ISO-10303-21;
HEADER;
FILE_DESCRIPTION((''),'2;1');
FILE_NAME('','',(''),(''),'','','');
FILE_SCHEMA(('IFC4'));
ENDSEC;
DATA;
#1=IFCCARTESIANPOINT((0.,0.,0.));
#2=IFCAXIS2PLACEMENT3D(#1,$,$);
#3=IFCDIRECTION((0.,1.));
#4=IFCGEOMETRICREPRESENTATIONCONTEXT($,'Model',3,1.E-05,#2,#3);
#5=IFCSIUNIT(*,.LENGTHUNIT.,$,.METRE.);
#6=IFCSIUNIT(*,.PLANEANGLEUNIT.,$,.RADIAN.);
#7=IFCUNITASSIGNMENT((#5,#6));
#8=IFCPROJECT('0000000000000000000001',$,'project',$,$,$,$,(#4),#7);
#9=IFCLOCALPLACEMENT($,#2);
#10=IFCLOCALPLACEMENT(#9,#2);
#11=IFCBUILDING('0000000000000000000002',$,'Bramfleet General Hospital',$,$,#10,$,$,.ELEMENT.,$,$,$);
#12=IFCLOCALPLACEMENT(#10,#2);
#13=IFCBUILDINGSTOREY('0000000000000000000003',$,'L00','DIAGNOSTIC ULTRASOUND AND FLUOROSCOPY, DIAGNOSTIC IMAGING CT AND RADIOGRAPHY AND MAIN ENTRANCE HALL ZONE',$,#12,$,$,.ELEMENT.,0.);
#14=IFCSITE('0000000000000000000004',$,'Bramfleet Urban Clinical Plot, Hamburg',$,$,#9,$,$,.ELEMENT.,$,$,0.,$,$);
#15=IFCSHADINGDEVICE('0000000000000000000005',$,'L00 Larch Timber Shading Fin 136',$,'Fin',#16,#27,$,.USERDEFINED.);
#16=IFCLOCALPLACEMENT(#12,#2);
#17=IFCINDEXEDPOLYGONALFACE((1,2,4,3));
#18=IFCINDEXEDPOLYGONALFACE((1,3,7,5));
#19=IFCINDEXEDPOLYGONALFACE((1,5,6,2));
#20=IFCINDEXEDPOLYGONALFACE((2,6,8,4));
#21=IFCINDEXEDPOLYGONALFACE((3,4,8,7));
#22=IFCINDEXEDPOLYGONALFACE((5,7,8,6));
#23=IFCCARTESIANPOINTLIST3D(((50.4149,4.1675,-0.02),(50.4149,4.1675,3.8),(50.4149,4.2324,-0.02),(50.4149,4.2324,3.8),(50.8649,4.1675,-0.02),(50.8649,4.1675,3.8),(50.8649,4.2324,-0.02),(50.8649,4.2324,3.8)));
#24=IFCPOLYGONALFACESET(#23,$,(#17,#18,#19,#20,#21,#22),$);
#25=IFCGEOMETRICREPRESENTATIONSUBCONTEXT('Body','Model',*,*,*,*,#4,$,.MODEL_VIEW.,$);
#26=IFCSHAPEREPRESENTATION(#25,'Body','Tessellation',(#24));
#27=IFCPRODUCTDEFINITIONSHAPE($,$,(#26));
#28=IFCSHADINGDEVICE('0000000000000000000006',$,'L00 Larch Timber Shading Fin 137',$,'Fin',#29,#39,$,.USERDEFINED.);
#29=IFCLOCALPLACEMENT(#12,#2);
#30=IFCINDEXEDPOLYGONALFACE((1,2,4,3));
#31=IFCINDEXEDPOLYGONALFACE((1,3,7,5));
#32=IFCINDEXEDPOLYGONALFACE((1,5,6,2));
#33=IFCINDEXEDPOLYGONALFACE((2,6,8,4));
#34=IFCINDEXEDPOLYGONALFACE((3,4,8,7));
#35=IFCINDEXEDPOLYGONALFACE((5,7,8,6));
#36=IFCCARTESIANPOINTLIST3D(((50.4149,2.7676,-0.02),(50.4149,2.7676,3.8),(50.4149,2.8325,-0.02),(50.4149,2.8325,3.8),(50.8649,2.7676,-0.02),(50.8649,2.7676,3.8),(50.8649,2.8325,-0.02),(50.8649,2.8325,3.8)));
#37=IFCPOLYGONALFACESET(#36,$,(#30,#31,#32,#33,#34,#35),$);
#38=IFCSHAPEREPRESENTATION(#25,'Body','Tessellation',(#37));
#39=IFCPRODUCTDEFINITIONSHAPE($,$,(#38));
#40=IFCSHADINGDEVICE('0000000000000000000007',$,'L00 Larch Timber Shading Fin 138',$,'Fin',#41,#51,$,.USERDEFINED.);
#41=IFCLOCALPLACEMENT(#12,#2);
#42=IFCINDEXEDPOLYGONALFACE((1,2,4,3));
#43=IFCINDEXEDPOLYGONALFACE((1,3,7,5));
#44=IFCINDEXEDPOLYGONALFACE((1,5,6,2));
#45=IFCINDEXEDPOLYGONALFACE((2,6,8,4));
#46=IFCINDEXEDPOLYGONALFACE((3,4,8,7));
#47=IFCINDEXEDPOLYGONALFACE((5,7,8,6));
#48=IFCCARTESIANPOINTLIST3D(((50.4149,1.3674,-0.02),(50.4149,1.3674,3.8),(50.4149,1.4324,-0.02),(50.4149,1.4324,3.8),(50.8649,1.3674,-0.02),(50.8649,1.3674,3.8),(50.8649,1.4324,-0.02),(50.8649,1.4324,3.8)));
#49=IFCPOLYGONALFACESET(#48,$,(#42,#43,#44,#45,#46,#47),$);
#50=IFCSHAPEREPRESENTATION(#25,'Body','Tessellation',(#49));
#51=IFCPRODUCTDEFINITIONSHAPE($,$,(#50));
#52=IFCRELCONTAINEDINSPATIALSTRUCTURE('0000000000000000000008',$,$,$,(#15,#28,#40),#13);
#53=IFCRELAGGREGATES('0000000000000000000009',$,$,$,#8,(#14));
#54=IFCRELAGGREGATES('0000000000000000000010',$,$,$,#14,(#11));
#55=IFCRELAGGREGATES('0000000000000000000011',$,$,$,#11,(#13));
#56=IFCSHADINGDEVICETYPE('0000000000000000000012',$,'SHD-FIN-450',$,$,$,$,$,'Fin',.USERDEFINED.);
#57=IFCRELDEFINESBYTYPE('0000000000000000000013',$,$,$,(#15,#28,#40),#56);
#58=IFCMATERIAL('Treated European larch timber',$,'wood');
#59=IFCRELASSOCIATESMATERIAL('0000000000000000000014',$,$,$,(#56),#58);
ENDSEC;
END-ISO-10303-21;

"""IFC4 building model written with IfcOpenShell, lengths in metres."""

from ifc_helpers import new_model, si_unit, direction, frame, origin, origin_2d, place, context, subcontext, project, spatial, rectangle, extrude, material, material_profile, profile_set, type_object, element, save


model = new_model("IFC4")

# Units and contexts
model_context = context("Model", 3, precision=1e-05, world=origin(), true_north=direction((0.0, 1.0)))
body_context = subcontext(model_context, "Body", "Model", "MODEL_VIEW")
ifc_project = project(units=[si_unit("LENGTHUNIT", "METRE"), si_unit("PLANEANGLEUNIT", "RADIAN")], contexts=[model_context])

# Site, building, storey
site_placement = place(None, origin())
site = spatial("IfcSite", under=ifc_project, at=site_placement, Name="Bramfleet Urban Clinical Plot, Hamburg", CompositionType="ELEMENT", RefElevation=0.0)
building_placement = place(site_placement, origin())
building = spatial("IfcBuilding", under=site, at=building_placement, Name="Bramfleet General Hospital", CompositionType="ELEMENT")
storey_placement = place(building_placement, origin())
storey = spatial("IfcBuildingStorey", under=building, at=storey_placement, Name="L00", Description="DIAGNOSTIC ULTRASOUND AND FLUOROSCOPY, DIAGNOSTIC IMAGING CT AND RADIOGRAPHY AND MAIN ENTRANCE HALL ZONE", CompositionType="ELEMENT", Elevation=0.0)

# Shading devices
ifc_material_1 = material(Name="Treated European larch timber", Category="wood")
ifc_material_profile_1 = material_profile(ifc_material_1, rectangle(XDim=0.0649, YDim=0.45, at=origin_2d()), Name="LARCH FIN 450x65")
ifc_profile_set_1 = profile_set([ifc_material_profile_1], Name="Treated European larch timber")
shading_device_type = type_object("IfcShadingDeviceType", Name="SHD-FIN-450", ElementType="Fin", PredefinedType="USERDEFINED", material=ifc_profile_set_1)
for number, where, z_axis, x_axis, name in (
    (1, (50.6399, 4.2, -0.02), (0.0, 0.0, 1.0), (0.0, -1.0, 0.0), "L00 Larch Timber Shading Fin 136"),
    (2, (50.6399, 2.8, -0.02), (0.0, 0.0, 1.0), (0.0, -1.0, 0.0), "L00 Larch Timber Shading Fin 137"),
    (3, (50.6399, 1.3999, -0.02), (0.0, 0.0, 1.0), (0.0, -1.0, 0.0), "L00 Larch Timber Shading Fin 138"),
):
    element("IfcShadingDevice", number, at=place(storey_placement, frame(where, z_axis=z_axis, x_axis=x_axis)), inside=storey, type_object=shading_device_type, Name=name, ObjectType="Fin", PredefinedType="USERDEFINED", context=body_context, shape_type="SweptSolid", body=[
        extrude(rectangle(XDim=0.0649, YDim=0.45, at=origin_2d()), origin(), (0.0, 0.0, 1.0), 3.8201),
    ])

save(model, "model.ifc")
